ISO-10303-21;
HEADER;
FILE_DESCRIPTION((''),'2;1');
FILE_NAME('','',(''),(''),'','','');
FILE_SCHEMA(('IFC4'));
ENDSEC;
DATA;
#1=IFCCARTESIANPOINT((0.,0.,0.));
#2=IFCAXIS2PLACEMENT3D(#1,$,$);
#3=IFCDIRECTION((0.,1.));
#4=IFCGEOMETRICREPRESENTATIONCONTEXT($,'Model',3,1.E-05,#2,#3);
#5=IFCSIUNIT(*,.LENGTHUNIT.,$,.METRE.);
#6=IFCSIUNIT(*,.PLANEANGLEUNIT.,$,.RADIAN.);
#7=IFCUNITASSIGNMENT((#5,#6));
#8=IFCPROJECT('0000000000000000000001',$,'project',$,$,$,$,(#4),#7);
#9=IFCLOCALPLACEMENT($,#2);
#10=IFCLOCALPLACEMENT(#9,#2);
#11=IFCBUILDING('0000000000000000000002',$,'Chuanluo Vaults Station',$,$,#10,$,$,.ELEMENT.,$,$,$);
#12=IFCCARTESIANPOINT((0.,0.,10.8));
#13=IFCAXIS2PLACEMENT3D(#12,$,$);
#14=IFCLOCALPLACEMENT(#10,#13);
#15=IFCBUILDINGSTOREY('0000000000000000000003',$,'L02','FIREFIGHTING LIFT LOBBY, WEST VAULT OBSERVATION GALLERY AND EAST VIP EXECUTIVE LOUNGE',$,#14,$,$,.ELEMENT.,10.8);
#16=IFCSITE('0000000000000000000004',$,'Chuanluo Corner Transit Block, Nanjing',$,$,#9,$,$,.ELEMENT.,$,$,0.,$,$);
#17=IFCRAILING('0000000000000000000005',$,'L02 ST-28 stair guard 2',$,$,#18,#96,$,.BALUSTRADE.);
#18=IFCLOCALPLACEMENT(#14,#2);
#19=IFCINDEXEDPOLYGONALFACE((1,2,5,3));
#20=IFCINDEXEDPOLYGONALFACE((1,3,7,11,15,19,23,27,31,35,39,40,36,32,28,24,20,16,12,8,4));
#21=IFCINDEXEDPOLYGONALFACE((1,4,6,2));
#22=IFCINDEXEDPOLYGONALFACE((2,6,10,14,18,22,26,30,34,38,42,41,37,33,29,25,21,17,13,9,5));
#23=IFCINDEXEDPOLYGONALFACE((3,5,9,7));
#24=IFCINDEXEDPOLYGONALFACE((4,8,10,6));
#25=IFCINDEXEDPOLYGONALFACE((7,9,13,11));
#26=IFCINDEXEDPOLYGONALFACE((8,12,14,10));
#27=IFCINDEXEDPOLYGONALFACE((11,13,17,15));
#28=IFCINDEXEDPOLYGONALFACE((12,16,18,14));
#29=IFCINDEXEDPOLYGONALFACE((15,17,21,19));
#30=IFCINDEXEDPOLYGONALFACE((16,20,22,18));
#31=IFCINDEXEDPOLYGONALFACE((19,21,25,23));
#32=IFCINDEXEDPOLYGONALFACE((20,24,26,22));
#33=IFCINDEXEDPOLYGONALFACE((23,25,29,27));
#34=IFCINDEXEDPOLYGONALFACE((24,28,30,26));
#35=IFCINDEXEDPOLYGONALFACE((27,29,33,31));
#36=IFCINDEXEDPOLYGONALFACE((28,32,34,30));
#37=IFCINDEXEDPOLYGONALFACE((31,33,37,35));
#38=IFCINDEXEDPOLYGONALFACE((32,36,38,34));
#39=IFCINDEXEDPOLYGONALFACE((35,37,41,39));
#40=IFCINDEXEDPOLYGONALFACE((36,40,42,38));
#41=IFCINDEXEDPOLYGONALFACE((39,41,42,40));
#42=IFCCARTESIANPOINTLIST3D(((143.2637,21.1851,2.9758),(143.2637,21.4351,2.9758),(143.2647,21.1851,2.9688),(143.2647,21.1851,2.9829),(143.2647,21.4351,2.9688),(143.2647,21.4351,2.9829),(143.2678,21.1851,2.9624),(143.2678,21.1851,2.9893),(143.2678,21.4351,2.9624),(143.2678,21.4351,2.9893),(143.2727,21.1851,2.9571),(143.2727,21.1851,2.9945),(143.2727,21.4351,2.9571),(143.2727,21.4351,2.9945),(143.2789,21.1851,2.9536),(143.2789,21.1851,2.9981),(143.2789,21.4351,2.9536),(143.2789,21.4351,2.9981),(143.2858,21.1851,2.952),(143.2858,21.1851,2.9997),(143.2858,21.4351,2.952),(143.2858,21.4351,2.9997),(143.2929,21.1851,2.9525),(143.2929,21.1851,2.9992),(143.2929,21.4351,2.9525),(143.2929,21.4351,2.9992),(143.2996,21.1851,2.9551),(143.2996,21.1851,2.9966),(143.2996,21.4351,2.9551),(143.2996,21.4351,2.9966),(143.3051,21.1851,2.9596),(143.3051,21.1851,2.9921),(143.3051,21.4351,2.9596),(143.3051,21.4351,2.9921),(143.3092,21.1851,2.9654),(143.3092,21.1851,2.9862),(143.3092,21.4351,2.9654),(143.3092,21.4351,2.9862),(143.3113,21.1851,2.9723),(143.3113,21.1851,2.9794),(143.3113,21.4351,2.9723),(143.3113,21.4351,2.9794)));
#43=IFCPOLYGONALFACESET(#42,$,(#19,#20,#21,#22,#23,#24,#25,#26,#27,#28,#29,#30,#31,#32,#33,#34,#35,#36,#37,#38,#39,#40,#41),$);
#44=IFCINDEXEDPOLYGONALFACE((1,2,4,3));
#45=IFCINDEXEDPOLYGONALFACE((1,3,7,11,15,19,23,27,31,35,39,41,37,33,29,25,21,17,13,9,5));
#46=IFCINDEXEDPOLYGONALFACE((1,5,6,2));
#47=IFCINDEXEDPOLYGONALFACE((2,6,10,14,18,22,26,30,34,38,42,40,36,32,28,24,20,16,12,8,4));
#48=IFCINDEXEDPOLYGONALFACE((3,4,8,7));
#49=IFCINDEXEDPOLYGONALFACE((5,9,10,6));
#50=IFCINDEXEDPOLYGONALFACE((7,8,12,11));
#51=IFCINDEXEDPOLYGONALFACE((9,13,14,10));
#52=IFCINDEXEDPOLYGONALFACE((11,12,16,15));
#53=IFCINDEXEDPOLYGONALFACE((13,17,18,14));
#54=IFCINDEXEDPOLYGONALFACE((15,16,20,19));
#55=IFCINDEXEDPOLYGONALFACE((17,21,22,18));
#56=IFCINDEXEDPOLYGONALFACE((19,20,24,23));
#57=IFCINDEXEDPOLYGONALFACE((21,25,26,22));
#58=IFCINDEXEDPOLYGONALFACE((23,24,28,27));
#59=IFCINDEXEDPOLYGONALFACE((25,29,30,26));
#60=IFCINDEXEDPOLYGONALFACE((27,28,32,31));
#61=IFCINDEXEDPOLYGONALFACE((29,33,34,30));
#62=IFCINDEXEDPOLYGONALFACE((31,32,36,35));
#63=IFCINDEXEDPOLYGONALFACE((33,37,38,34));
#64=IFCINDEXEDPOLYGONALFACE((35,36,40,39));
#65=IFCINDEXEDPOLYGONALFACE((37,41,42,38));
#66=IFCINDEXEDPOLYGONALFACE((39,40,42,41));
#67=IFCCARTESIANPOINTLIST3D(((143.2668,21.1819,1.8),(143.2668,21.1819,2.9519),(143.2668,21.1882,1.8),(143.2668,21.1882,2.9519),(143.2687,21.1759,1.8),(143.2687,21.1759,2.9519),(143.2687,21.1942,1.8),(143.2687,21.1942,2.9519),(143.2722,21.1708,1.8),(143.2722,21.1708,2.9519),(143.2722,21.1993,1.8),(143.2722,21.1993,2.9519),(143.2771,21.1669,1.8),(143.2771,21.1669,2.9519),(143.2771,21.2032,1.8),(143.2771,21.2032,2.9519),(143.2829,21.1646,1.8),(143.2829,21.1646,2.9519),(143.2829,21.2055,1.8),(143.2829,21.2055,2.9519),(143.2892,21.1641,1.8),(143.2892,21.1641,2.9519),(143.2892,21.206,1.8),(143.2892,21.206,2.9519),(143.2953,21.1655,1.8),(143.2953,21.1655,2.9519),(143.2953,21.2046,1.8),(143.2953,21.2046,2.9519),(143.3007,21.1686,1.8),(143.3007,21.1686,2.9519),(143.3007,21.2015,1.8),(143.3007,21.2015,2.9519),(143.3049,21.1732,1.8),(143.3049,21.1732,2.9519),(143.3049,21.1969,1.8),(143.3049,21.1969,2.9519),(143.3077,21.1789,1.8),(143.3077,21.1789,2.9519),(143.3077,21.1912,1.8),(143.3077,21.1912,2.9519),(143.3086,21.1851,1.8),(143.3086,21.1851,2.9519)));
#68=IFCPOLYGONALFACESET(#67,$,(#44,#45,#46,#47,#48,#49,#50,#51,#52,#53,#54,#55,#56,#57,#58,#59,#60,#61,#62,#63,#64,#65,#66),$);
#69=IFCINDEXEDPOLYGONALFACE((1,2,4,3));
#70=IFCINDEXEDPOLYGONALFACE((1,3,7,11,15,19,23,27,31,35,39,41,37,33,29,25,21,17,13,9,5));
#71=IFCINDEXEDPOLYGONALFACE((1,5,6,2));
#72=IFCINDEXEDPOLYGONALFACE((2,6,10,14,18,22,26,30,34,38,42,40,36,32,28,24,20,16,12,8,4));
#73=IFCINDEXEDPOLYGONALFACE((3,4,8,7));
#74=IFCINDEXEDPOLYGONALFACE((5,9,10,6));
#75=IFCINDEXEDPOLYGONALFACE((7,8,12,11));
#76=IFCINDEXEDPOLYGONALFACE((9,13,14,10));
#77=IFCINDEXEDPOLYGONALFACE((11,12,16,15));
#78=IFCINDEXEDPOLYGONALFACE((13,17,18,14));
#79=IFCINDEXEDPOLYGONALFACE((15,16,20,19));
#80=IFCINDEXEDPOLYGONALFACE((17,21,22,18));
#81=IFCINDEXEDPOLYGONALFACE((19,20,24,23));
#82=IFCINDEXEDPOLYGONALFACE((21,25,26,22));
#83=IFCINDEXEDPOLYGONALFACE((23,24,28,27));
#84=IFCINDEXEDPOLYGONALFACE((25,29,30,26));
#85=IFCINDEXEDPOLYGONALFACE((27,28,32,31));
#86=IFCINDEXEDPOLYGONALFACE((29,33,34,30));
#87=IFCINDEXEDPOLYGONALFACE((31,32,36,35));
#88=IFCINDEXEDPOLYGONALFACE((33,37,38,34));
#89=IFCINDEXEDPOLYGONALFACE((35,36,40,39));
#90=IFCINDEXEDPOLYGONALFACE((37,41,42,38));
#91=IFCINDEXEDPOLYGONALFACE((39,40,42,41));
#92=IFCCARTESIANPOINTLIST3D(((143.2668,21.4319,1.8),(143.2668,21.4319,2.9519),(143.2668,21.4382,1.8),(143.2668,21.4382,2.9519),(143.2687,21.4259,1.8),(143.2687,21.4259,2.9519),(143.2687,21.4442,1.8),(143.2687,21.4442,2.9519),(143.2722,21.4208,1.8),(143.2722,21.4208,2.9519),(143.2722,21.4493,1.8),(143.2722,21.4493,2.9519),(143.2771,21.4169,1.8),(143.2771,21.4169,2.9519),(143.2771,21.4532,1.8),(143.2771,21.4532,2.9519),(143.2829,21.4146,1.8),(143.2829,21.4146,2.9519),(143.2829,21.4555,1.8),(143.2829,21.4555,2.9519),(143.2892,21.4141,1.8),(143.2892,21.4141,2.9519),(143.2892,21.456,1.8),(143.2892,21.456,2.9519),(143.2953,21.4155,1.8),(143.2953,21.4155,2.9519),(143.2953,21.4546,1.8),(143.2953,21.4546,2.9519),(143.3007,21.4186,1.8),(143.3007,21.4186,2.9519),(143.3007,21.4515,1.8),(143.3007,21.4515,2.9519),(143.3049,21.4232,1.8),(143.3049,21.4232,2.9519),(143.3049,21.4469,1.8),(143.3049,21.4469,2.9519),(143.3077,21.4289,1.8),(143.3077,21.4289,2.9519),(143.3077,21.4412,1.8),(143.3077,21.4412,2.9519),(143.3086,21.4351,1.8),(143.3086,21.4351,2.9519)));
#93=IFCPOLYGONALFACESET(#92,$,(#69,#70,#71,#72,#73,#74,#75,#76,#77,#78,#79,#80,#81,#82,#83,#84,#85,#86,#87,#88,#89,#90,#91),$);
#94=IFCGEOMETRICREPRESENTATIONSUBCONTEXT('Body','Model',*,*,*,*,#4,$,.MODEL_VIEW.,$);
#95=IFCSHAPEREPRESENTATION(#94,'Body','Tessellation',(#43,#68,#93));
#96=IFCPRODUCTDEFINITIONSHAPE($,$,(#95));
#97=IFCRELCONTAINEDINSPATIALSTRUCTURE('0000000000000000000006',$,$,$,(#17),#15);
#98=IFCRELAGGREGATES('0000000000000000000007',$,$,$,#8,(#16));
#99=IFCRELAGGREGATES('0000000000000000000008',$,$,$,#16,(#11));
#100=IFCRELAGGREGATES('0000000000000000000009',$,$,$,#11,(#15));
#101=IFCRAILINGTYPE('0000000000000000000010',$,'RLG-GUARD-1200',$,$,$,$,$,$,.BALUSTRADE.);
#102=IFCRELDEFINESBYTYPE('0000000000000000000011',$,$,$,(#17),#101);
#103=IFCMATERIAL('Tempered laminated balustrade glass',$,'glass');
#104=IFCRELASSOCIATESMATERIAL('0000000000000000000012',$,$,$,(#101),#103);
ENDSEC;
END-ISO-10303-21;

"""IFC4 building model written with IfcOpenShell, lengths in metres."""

from ifc_helpers import new_model, si_unit, direction, frame, origin, origin_2d, place, context, subcontext, project, spatial, circle, extrude, material, type_object, element, save


model = new_model("IFC4")

# Units and contexts
model_context = context("Model", 3, precision=1e-05, world=origin(), true_north=direction((0.0, 1.0)))
body_context = subcontext(model_context, "Body", "Model", "MODEL_VIEW")
ifc_project = project(units=[si_unit("LENGTHUNIT", "METRE"), si_unit("PLANEANGLEUNIT", "RADIAN")], contexts=[model_context])

# Site, building, storey
site_placement = place(None, origin())
site = spatial("IfcSite", under=ifc_project, at=site_placement, Name="Chuanluo Corner Transit Block, Nanjing", CompositionType="ELEMENT", RefElevation=0.0)
building_placement = place(site_placement, origin())
building = spatial("IfcBuilding", under=site, at=building_placement, Name="Chuanluo Vaults Station", CompositionType="ELEMENT")
storey_placement = place(building_placement, frame((0.0, 0.0, 10.8)))
storey = spatial("IfcBuildingStorey", under=building, at=storey_placement, Name="L02", Description="FIREFIGHTING LIFT LOBBY, WEST VAULT OBSERVATION GALLERY AND EAST VIP EXECUTIVE LOUNGE", CompositionType="ELEMENT", Elevation=10.8)

# Railing
ifc_material_1 = material(Name="Tempered laminated balustrade glass", Category="glass")
railing_type_1 = type_object("IfcRailingType", Name="RLG-GUARD-1200", PredefinedType="BALUSTRADE", material=ifc_material_1)
railing_1_placement = place(storey_placement, frame((143.2876, 21.1851, 1.8)))
element("IfcRailing", 1, at=railing_1_placement, inside=storey, type_object=railing_type_1, Name="L02 ST-28 stair guard 2", PredefinedType="BALUSTRADE", context=body_context, shape_type="SweptSolid", body=[
    extrude(circle(Radius=0.0239, at=origin_2d()), frame((0.0, 0.0, 1.1758), z_axis=(0.0, 1.0, 0.0), x_axis=(-1.0, 0.0, 0.0)), (0.0, 0.0, 1.0), 0.25),
    extrude(circle(Radius=0.021, at=origin_2d()), origin(), (0.0, 0.0, 1.0), 1.1519),
    extrude(circle(Radius=0.021, at=origin_2d()), frame((0.0, 0.25, 0.0)), (0.0, 0.0, 1.0), 1.1519),
])

save(model, "model.ifc")
